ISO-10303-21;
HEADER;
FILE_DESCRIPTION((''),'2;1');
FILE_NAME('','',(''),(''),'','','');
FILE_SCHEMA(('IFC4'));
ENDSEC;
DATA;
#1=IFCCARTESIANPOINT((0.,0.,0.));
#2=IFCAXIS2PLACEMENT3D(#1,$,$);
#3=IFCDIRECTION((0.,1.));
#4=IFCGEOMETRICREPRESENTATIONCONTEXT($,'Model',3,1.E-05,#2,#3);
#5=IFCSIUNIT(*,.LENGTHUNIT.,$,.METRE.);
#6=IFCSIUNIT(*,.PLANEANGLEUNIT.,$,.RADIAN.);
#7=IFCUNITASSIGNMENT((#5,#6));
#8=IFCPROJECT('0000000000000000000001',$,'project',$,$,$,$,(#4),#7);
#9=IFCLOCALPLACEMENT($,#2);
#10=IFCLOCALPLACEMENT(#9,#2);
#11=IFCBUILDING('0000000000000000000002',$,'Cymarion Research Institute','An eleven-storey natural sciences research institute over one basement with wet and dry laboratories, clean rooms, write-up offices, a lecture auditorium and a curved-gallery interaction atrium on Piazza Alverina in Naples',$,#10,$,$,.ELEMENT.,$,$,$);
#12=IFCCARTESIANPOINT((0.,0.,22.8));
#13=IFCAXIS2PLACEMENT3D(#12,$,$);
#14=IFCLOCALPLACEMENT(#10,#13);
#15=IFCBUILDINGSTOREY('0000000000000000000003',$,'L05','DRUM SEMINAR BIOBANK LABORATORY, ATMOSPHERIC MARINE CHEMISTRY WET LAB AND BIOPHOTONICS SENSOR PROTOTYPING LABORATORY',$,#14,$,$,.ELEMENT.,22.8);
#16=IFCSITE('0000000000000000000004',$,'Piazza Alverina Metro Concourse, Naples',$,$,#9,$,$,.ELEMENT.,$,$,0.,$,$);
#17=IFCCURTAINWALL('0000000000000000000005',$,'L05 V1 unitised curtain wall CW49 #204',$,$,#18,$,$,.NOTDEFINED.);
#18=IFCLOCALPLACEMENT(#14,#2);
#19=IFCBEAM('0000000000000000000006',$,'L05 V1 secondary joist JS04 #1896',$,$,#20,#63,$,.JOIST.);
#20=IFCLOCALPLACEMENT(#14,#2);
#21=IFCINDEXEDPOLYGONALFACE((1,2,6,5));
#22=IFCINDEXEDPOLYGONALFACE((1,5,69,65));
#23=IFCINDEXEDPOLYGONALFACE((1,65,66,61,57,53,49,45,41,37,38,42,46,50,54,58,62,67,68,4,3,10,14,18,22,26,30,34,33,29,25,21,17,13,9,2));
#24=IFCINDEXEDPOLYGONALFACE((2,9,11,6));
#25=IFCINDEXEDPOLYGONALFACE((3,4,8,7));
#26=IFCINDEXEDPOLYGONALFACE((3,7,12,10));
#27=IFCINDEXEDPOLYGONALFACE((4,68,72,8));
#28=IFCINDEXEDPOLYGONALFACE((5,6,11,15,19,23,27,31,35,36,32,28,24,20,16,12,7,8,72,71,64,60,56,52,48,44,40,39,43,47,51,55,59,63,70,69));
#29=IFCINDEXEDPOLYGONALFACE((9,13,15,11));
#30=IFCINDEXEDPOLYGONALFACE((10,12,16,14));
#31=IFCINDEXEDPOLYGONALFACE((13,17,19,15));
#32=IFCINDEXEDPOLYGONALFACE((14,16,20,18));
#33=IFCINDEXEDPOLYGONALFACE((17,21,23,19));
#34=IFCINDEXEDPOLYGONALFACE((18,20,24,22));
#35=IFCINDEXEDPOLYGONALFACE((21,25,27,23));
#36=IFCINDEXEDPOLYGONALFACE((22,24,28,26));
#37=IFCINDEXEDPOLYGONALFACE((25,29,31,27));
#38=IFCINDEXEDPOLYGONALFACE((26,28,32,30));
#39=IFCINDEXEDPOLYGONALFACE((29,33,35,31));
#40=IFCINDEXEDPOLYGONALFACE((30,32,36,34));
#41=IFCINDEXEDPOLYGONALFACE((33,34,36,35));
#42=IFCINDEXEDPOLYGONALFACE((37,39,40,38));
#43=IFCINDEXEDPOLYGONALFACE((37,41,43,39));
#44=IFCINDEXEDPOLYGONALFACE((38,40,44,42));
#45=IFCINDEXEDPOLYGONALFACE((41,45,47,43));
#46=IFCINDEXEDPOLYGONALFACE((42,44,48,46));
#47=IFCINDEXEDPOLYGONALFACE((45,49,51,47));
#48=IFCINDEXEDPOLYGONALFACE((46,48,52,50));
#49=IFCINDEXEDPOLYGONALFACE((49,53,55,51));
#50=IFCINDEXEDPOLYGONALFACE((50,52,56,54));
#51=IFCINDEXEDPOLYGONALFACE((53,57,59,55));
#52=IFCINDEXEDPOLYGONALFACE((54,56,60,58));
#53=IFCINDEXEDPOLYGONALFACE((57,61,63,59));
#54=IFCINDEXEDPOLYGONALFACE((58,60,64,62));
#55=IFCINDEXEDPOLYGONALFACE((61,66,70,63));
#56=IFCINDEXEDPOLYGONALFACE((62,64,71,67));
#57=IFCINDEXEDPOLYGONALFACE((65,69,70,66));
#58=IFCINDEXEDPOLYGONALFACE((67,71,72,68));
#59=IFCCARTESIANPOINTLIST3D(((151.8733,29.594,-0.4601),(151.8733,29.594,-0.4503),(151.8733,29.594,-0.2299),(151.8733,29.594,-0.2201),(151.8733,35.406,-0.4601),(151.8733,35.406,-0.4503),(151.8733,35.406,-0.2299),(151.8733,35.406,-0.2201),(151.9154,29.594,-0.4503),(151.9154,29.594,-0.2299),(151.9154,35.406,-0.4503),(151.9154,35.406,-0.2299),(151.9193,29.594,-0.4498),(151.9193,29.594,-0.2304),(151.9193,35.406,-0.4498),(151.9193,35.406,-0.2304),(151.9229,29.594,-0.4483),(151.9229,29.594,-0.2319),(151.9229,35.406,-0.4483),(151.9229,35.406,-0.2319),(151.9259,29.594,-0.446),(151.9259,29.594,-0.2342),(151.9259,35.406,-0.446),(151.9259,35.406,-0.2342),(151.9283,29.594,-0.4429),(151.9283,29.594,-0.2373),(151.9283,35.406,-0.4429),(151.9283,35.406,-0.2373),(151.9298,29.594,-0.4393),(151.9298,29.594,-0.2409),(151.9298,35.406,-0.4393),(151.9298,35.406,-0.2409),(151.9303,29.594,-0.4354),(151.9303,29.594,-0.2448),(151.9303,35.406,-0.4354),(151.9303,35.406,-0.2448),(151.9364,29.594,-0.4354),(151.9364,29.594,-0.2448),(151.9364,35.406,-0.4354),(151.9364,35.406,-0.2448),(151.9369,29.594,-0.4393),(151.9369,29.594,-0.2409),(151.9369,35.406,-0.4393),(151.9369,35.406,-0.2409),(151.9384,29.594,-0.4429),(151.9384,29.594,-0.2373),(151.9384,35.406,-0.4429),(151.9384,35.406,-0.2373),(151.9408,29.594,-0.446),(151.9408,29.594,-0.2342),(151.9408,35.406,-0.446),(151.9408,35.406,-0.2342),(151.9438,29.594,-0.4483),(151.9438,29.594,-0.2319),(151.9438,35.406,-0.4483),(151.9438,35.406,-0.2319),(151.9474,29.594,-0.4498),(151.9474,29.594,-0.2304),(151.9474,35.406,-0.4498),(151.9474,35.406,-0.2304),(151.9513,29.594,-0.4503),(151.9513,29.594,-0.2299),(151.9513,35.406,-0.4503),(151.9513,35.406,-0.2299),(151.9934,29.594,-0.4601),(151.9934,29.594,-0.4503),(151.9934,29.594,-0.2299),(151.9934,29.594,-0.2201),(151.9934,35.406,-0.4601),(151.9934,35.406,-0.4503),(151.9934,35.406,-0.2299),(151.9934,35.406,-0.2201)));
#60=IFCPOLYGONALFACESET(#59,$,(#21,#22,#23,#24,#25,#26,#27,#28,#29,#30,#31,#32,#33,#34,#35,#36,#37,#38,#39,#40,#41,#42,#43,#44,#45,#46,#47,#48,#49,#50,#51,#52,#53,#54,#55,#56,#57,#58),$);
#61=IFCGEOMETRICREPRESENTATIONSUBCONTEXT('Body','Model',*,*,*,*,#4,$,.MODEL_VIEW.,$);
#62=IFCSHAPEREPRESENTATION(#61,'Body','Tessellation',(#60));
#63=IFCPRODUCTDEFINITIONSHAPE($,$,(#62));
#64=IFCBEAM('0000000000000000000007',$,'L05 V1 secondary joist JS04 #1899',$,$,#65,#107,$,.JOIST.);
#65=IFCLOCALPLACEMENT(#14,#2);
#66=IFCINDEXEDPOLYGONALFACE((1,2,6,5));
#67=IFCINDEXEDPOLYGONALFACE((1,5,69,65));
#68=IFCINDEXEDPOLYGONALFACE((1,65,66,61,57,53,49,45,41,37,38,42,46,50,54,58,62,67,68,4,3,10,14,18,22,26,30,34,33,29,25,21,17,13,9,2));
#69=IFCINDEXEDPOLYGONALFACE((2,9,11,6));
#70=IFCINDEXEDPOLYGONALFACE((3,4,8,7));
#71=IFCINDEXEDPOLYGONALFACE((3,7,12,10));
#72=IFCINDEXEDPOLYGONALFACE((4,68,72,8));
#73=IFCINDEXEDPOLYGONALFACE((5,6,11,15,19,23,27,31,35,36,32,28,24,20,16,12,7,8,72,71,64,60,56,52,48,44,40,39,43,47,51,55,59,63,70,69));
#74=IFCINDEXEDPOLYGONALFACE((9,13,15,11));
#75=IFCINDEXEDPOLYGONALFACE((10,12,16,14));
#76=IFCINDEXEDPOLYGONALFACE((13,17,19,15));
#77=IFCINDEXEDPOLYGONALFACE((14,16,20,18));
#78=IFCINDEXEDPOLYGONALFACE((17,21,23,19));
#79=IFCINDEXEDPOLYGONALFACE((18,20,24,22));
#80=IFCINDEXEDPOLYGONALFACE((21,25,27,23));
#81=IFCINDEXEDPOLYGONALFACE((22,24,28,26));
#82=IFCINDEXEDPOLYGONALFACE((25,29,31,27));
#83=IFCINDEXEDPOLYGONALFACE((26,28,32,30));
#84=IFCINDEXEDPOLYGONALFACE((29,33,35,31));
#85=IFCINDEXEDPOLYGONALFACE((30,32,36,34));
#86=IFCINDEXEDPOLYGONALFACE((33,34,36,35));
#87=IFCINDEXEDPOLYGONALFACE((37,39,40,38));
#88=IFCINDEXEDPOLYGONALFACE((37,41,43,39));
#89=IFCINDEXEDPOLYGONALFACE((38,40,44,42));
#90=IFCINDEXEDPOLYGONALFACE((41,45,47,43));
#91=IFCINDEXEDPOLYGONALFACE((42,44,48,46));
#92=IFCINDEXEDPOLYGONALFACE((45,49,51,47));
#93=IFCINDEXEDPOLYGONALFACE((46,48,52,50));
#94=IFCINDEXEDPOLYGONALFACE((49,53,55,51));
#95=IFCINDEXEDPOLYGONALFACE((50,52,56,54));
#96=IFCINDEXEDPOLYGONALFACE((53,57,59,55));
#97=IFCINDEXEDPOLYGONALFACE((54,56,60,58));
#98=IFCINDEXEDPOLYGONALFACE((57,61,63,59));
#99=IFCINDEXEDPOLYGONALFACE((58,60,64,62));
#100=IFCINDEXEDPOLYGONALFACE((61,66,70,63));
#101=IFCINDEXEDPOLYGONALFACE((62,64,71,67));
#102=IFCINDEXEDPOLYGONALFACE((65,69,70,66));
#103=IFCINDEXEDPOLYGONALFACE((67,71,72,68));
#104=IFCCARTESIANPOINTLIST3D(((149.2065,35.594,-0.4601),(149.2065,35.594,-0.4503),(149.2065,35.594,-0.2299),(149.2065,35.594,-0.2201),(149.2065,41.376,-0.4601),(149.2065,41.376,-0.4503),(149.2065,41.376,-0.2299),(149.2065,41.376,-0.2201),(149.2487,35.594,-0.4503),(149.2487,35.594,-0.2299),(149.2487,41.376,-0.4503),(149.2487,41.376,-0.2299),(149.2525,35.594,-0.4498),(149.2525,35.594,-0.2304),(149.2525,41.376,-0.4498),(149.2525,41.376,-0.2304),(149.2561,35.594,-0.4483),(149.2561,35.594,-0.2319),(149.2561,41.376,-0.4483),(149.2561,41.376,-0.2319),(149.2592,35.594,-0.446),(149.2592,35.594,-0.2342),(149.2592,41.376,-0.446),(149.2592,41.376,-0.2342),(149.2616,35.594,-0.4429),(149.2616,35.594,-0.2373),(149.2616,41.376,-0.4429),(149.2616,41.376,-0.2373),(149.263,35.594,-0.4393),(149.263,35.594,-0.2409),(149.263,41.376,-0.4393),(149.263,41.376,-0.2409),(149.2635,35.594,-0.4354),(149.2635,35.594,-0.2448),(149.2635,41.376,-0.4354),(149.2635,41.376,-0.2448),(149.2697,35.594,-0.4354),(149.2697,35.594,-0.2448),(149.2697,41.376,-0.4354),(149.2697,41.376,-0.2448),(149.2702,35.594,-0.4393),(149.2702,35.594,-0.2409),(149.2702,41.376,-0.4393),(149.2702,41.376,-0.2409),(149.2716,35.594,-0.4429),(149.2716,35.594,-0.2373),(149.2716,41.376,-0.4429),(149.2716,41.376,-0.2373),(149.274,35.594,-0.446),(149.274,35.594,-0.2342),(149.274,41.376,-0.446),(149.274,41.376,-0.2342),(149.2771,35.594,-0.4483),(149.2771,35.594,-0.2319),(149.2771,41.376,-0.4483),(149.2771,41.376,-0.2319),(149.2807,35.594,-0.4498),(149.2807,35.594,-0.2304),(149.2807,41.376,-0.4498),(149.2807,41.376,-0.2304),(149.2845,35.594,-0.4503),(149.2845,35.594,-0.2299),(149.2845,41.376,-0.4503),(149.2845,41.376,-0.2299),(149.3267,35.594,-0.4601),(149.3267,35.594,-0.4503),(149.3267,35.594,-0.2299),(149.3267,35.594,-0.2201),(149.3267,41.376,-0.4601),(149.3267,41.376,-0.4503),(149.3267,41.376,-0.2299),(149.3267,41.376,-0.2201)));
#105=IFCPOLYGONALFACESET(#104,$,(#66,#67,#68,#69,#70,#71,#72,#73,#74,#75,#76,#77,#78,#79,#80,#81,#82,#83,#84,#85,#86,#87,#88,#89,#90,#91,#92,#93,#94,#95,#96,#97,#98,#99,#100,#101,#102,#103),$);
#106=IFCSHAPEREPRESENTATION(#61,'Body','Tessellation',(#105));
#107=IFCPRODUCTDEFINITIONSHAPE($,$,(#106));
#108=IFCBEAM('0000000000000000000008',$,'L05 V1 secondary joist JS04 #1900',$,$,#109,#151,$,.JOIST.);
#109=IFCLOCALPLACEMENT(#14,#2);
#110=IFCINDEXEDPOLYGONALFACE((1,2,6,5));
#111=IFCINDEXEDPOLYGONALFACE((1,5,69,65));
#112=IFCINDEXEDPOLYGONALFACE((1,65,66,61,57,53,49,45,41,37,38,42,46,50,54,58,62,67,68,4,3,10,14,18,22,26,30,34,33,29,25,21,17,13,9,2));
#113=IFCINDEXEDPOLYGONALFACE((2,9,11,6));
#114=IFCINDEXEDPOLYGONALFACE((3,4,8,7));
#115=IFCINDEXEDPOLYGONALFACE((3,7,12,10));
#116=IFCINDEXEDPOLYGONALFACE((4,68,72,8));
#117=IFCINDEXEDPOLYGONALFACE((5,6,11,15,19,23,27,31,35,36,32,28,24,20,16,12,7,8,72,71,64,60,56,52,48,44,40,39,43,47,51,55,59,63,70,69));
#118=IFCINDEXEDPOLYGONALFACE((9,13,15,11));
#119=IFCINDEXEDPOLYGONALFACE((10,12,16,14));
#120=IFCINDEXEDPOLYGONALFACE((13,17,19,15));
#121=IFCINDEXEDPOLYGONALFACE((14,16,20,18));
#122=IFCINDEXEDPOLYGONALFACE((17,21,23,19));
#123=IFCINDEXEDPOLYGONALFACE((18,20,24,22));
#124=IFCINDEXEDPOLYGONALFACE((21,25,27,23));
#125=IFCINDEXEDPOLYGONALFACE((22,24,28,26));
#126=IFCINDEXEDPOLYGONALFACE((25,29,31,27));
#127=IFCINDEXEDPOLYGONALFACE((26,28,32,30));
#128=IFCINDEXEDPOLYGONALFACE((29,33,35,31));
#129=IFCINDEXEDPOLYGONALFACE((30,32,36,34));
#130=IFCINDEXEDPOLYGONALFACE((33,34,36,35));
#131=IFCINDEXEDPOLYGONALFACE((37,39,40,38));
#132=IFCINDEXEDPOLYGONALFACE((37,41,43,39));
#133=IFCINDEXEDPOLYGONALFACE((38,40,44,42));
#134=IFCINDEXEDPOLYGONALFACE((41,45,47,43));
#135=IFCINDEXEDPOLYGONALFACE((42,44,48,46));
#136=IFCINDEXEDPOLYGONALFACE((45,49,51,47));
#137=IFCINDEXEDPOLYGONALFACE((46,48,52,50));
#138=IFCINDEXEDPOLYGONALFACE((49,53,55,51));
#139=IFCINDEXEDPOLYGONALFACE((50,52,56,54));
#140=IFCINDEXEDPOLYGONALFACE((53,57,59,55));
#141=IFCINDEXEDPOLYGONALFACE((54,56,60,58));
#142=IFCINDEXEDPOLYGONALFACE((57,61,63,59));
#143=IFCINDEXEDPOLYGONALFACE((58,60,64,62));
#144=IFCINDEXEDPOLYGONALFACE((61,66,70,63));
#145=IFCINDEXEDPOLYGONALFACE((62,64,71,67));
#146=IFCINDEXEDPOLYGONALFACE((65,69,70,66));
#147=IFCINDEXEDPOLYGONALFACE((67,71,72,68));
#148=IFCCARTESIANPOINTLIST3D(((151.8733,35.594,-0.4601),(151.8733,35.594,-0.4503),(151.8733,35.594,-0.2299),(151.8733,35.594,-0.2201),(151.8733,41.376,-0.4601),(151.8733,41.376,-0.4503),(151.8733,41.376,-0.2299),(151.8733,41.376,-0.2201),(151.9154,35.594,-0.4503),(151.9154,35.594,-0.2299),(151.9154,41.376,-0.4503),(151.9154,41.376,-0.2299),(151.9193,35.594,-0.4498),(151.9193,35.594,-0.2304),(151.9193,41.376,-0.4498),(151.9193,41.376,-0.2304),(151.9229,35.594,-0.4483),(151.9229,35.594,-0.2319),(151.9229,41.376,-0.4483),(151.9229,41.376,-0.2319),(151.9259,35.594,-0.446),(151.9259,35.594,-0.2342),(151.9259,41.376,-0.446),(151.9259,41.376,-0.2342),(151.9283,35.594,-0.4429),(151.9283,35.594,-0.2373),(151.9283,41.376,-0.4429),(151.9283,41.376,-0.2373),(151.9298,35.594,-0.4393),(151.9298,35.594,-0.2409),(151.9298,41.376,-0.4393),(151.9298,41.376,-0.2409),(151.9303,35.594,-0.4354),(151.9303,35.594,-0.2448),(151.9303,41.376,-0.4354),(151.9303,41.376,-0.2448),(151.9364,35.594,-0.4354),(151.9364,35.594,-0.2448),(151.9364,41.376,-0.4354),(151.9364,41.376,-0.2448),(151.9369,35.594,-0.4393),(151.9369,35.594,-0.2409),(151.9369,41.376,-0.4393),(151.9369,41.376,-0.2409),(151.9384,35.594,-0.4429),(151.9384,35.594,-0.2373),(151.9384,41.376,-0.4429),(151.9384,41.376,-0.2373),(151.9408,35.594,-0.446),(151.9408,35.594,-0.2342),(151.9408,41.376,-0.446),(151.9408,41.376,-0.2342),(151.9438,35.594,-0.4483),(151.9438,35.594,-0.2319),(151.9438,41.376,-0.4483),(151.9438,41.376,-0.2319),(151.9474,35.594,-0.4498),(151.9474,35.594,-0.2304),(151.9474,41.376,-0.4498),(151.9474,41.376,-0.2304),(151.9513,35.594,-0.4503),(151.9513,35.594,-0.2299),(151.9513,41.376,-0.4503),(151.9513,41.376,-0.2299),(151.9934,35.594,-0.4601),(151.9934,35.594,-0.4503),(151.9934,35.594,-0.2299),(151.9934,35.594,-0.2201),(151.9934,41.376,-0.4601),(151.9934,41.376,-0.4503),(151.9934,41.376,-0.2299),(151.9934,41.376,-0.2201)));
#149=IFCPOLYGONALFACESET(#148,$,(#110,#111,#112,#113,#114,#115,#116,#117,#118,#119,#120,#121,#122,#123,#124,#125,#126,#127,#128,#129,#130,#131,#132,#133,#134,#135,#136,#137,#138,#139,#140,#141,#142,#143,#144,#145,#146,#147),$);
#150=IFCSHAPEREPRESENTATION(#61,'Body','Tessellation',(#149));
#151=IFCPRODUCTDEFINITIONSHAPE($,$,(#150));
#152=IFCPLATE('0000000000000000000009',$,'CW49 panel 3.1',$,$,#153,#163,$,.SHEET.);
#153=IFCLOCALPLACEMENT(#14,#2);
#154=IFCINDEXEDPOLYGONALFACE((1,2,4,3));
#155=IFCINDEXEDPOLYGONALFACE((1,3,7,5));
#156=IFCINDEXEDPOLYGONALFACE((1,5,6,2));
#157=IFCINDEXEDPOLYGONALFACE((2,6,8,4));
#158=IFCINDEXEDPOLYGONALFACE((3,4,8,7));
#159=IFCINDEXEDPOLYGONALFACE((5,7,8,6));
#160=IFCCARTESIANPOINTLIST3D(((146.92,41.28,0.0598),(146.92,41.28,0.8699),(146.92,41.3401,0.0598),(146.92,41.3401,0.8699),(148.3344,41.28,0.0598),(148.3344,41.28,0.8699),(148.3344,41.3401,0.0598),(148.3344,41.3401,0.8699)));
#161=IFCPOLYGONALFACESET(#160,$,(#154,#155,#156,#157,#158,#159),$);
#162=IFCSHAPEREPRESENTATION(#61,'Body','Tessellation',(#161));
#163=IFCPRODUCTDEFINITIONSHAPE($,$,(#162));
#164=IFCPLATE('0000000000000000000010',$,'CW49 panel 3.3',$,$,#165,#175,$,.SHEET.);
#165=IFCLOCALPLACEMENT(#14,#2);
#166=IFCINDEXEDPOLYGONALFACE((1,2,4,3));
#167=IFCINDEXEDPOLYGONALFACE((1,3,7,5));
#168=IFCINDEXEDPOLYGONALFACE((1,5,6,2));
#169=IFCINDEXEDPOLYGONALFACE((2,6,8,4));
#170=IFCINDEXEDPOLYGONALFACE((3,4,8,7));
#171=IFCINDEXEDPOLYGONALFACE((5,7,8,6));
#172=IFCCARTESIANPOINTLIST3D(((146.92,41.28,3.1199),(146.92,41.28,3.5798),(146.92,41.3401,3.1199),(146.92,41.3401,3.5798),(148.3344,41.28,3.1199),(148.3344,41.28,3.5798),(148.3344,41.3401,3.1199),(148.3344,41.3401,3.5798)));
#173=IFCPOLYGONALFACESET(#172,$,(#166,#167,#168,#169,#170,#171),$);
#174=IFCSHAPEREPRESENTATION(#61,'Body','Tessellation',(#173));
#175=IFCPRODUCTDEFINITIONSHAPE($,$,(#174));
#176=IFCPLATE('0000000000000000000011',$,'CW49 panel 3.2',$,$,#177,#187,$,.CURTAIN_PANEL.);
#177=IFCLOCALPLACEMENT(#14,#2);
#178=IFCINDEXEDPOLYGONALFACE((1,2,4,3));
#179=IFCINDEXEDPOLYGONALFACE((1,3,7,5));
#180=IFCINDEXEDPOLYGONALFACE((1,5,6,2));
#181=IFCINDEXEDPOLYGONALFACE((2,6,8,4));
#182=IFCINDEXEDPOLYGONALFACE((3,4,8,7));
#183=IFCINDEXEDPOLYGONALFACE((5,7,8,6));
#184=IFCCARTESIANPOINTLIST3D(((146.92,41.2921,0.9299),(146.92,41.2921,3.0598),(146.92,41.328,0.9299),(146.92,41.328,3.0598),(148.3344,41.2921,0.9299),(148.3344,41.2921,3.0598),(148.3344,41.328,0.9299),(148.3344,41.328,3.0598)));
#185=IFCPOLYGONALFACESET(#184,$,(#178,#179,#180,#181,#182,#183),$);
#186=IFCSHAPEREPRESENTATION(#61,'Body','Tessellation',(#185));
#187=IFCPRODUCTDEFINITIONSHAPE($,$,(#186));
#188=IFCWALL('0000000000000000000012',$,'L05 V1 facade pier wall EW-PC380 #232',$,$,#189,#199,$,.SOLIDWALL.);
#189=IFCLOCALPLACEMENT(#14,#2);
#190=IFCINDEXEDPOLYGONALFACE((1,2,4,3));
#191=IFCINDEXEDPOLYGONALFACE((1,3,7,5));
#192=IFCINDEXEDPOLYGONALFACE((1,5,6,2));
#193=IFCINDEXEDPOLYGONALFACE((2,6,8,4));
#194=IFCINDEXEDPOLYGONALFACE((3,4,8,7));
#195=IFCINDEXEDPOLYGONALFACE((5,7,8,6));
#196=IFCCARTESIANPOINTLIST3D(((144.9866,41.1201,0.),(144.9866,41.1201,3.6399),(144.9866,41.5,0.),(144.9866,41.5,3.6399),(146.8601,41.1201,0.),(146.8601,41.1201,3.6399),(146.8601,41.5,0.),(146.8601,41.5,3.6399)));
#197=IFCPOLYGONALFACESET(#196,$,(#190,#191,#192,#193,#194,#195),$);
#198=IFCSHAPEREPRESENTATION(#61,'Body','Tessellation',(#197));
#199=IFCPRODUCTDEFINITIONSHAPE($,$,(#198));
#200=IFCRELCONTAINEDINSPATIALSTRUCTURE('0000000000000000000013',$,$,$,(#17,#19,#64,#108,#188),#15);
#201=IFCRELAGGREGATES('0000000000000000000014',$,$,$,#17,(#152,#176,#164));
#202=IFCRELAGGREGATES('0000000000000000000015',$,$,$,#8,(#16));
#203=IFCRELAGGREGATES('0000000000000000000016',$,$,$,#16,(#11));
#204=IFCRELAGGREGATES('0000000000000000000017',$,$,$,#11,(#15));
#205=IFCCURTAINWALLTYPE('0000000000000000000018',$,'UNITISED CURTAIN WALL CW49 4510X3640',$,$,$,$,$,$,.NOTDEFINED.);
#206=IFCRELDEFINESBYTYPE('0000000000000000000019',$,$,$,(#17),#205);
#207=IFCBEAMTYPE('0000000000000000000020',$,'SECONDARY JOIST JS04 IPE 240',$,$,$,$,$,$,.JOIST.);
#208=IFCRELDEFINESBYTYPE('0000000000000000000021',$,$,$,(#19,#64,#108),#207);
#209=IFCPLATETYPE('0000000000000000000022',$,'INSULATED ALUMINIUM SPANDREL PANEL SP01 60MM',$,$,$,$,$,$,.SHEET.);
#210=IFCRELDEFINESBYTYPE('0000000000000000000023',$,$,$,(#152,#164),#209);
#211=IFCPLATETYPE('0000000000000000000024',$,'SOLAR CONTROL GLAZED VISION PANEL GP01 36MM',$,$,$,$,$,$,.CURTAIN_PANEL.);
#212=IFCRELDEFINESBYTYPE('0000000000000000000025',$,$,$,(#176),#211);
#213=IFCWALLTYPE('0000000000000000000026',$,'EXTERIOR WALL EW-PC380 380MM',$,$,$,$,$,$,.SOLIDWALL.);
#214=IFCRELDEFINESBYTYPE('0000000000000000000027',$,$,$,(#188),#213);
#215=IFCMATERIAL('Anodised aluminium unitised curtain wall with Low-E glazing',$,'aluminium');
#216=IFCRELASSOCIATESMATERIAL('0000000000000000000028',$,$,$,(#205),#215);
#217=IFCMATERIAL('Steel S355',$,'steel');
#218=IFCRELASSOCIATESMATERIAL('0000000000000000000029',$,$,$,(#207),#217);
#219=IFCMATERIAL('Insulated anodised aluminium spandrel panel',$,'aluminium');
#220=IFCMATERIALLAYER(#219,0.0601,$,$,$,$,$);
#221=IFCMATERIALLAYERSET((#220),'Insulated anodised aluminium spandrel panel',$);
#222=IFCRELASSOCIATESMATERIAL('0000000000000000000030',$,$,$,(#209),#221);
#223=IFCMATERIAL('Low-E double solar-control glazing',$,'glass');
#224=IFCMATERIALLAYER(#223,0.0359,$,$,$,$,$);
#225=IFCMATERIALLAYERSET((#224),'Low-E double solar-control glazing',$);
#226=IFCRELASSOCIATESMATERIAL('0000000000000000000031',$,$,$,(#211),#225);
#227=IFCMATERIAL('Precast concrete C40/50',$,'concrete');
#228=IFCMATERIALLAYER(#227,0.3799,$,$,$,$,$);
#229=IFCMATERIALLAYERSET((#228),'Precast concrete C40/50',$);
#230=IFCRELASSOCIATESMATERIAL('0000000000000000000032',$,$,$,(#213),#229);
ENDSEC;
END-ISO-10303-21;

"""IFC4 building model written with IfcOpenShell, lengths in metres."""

from ifc_helpers import new_model, si_unit, direction, frame, frame_2d, origin, origin_2d, place, context, subcontext, project, spatial, rectangle, i_section, extrude, material, layer, layer_set, material_profile, profile_set, type_object, element, aggregate, save


model = new_model("IFC4")

# Units and contexts
model_context = context("Model", 3, precision=1e-05, world=origin(), true_north=direction((0.0, 1.0)))
body_context = subcontext(model_context, "Body", "Model", "MODEL_VIEW")
ifc_project = project(units=[si_unit("LENGTHUNIT", "METRE"), si_unit("PLANEANGLEUNIT", "RADIAN")], contexts=[model_context])

# Site, building, storey
site_placement = place(None, origin())
site = spatial("IfcSite", under=ifc_project, at=site_placement, Name="Piazza Alverina Metro Concourse, Naples", CompositionType="ELEMENT", RefElevation=0.0)
building_placement = place(site_placement, origin())
building = spatial("IfcBuilding", under=site, at=building_placement, Name="Cymarion Research Institute", Description="An eleven-storey natural sciences research institute over one basement with wet and dry laboratories, clean rooms, write-up offices, a lecture auditorium and a curved-gallery interaction atrium on Piazza Alverina in Naples", CompositionType="ELEMENT")
storey_placement = place(building_placement, frame((0.0, 0.0, 22.8)))
storey = spatial("IfcBuildingStorey", under=building, at=storey_placement, Name="L05", Description="DRUM SEMINAR BIOBANK LABORATORY, ATMOSPHERIC MARINE CHEMISTRY WET LAB AND BIOPHOTONICS SENSOR PROTOTYPING LABORATORY", CompositionType="ELEMENT", Elevation=22.8)

# Shared definitions
ifc_material_1 = material(Name="Steel S355", Category="steel")

# Curtain wall
ifc_material_2 = material(Name="Anodised aluminium unitised curtain wall with Low-E glazing", Category="aluminium")
curtain_wall_type = type_object("IfcCurtainWallType", Name="UNITISED CURTAIN WALL CW49 4510X3640", PredefinedType="NOTDEFINED", material=ifc_material_2)
curtain_wall_placement = place(storey_placement, origin())
curtain_wall = element("IfcCurtainWall", 1, at=curtain_wall_placement, inside=storey, type_object=curtain_wall_type, Name="L05 V1 unitised curtain wall CW49 #204", PredefinedType="NOTDEFINED")

# Beams
ifc_material_profile_1 = material_profile(ifc_material_1, i_section(OverallWidth=0.1201, OverallDepth=0.24, WebThickness=0.0061, FlangeThickness=0.0098, FilletRadius=0.0149, at=origin_2d()), Name="IPE 240")
ifc_profile_set_1 = profile_set([ifc_material_profile_1], Name="Steel S355")
beam_type_1 = type_object("IfcBeamType", Name="SECONDARY JOIST JS04 IPE 240", PredefinedType="JOIST", material=ifc_profile_set_1)
for number, where, z_axis, x_axis, name in (
    (2, (151.9333, 29.594, -0.3401), (0.0, 1.0, 0.0), (-1.0, 0.0, 0.0), "L05 V1 secondary joist JS04 #1896"),
):
    element("IfcBeam", number, at=place(storey_placement, frame(where, z_axis=z_axis, x_axis=x_axis)), inside=storey, type_object=beam_type_1, Name=name, PredefinedType="JOIST", context=body_context, shape_type="SweptSolid", body=[
        extrude(i_section(OverallWidth=0.1201, OverallDepth=0.24, WebThickness=0.0061, FlangeThickness=0.0098, FilletRadius=0.0149, at=origin_2d()), origin(), (0.0, 0.0, 1.0), 5.812),
    ])
for number, where, z_axis, x_axis, name in (
    (3, (149.2666, 35.594, -0.3401), (0.0, 1.0, 0.0), (-1.0, 0.0, 0.0), "L05 V1 secondary joist JS04 #1899"),
    (4, (151.9333, 35.594, -0.3401), (0.0, 1.0, 0.0), (-1.0, 0.0, 0.0), "L05 V1 secondary joist JS04 #1900"),
):
    element("IfcBeam", number, at=place(storey_placement, frame(where, z_axis=z_axis, x_axis=x_axis)), inside=storey, type_object=beam_type_1, Name=name, PredefinedType="JOIST", context=body_context, shape_type="SweptSolid", body=[
        extrude(i_section(OverallWidth=0.1201, OverallDepth=0.24, WebThickness=0.0061, FlangeThickness=0.0098, FilletRadius=0.0149, at=origin_2d()), origin(), (0.0, 0.0, 1.0), 5.782),
    ])

# Plates
ifc_material_3 = material(Name="Insulated anodised aluminium spandrel panel", Category="aluminium")
ifc_layer_1 = layer(ifc_material_3, 0.0601)
ifc_layer_set_1 = layer_set([ifc_layer_1], Name="Insulated anodised aluminium spandrel panel")
plate_type_1 = type_object("IfcPlateType", Name="INSULATED ALUMINIUM SPANDREL PANEL SP01 60MM", PredefinedType="SHEET", material=ifc_layer_set_1)
plate_1_placement = place(storey_placement, frame((147.6272, 41.3101, 0.0598), z_axis=(0.0, 0.0, 1.0), x_axis=(-1.0, 0.0, 0.0)))
plate_1 = element("IfcPlate", 5, at=plate_1_placement, type_object=plate_type_1, Name="CW49 panel 3.1", PredefinedType="SHEET", context=body_context, shape_type="SweptSolid", body=[
    extrude(rectangle(XDim=1.4143, YDim=0.0601, at=origin_2d()), origin(), (0.0, 0.0, 1.0), 0.8101),
])
plate_2_placement = place(storey_placement, frame((147.6272, 41.3101, 3.1199), z_axis=(0.0, 0.0, 1.0), x_axis=(-1.0, 0.0, 0.0)))
plate_2 = element("IfcPlate", 6, at=plate_2_placement, type_object=plate_type_1, Name="CW49 panel 3.3", PredefinedType="SHEET", context=body_context, shape_type="SweptSolid", body=[
    extrude(rectangle(XDim=1.4143, YDim=0.0601, at=origin_2d()), origin(), (0.0, 0.0, 1.0), 0.46),
])
ifc_material_4 = material(Name="Low-E double solar-control glazing", Category="glass")
ifc_layer_2 = layer(ifc_material_4, 0.0359)
ifc_layer_set_2 = layer_set([ifc_layer_2], Name="Low-E double solar-control glazing")
plate_type_2 = type_object("IfcPlateType", Name="SOLAR CONTROL GLAZED VISION PANEL GP01 36MM", PredefinedType="CURTAIN_PANEL", material=ifc_layer_set_2)
plate_3_placement = place(storey_placement, frame((147.6272, 41.3101, 0.9299), z_axis=(0.0, 0.0, 1.0), x_axis=(-1.0, 0.0, 0.0)))
plate_3 = element("IfcPlate", 7, at=plate_3_placement, type_object=plate_type_2, Name="CW49 panel 3.2", PredefinedType="CURTAIN_PANEL", context=body_context, shape_type="SweptSolid", body=[
    extrude(rectangle(XDim=1.4143, YDim=0.0359, at=origin_2d()), origin(), (0.0, 0.0, 1.0), 2.1299),
])
aggregate(curtain_wall, [plate_1, plate_3, plate_2])

# Wall
ifc_material_5 = material(Name="Precast concrete C40/50", Category="concrete")
ifc_layer_3 = layer(ifc_material_5, 0.3799)
ifc_layer_set_3 = layer_set([ifc_layer_3], Name="Precast concrete C40/50")
wall_type_1 = type_object("IfcWallType", Name="EXTERIOR WALL EW-PC380 380MM", PredefinedType="SOLIDWALL", material=ifc_layer_set_3)
wall_1_placement = place(storey_placement, frame((146.8601, 41.3101, 0.0), z_axis=(0.0, 0.0, 1.0), x_axis=(-1.0, 0.0, 0.0)))
element("IfcWall", 8, at=wall_1_placement, inside=storey, type_object=wall_type_1, Name="L05 V1 facade pier wall EW-PC380 #232", PredefinedType="SOLIDWALL", context=body_context, shape_type="SweptSolid", body=[
    extrude(rectangle(XDim=1.8735, YDim=0.3799, at=frame_2d((0.9368, 0.0))), origin(), (0.0, 0.0, 1.0), 3.6399),
])

save(model, "model.ifc")
